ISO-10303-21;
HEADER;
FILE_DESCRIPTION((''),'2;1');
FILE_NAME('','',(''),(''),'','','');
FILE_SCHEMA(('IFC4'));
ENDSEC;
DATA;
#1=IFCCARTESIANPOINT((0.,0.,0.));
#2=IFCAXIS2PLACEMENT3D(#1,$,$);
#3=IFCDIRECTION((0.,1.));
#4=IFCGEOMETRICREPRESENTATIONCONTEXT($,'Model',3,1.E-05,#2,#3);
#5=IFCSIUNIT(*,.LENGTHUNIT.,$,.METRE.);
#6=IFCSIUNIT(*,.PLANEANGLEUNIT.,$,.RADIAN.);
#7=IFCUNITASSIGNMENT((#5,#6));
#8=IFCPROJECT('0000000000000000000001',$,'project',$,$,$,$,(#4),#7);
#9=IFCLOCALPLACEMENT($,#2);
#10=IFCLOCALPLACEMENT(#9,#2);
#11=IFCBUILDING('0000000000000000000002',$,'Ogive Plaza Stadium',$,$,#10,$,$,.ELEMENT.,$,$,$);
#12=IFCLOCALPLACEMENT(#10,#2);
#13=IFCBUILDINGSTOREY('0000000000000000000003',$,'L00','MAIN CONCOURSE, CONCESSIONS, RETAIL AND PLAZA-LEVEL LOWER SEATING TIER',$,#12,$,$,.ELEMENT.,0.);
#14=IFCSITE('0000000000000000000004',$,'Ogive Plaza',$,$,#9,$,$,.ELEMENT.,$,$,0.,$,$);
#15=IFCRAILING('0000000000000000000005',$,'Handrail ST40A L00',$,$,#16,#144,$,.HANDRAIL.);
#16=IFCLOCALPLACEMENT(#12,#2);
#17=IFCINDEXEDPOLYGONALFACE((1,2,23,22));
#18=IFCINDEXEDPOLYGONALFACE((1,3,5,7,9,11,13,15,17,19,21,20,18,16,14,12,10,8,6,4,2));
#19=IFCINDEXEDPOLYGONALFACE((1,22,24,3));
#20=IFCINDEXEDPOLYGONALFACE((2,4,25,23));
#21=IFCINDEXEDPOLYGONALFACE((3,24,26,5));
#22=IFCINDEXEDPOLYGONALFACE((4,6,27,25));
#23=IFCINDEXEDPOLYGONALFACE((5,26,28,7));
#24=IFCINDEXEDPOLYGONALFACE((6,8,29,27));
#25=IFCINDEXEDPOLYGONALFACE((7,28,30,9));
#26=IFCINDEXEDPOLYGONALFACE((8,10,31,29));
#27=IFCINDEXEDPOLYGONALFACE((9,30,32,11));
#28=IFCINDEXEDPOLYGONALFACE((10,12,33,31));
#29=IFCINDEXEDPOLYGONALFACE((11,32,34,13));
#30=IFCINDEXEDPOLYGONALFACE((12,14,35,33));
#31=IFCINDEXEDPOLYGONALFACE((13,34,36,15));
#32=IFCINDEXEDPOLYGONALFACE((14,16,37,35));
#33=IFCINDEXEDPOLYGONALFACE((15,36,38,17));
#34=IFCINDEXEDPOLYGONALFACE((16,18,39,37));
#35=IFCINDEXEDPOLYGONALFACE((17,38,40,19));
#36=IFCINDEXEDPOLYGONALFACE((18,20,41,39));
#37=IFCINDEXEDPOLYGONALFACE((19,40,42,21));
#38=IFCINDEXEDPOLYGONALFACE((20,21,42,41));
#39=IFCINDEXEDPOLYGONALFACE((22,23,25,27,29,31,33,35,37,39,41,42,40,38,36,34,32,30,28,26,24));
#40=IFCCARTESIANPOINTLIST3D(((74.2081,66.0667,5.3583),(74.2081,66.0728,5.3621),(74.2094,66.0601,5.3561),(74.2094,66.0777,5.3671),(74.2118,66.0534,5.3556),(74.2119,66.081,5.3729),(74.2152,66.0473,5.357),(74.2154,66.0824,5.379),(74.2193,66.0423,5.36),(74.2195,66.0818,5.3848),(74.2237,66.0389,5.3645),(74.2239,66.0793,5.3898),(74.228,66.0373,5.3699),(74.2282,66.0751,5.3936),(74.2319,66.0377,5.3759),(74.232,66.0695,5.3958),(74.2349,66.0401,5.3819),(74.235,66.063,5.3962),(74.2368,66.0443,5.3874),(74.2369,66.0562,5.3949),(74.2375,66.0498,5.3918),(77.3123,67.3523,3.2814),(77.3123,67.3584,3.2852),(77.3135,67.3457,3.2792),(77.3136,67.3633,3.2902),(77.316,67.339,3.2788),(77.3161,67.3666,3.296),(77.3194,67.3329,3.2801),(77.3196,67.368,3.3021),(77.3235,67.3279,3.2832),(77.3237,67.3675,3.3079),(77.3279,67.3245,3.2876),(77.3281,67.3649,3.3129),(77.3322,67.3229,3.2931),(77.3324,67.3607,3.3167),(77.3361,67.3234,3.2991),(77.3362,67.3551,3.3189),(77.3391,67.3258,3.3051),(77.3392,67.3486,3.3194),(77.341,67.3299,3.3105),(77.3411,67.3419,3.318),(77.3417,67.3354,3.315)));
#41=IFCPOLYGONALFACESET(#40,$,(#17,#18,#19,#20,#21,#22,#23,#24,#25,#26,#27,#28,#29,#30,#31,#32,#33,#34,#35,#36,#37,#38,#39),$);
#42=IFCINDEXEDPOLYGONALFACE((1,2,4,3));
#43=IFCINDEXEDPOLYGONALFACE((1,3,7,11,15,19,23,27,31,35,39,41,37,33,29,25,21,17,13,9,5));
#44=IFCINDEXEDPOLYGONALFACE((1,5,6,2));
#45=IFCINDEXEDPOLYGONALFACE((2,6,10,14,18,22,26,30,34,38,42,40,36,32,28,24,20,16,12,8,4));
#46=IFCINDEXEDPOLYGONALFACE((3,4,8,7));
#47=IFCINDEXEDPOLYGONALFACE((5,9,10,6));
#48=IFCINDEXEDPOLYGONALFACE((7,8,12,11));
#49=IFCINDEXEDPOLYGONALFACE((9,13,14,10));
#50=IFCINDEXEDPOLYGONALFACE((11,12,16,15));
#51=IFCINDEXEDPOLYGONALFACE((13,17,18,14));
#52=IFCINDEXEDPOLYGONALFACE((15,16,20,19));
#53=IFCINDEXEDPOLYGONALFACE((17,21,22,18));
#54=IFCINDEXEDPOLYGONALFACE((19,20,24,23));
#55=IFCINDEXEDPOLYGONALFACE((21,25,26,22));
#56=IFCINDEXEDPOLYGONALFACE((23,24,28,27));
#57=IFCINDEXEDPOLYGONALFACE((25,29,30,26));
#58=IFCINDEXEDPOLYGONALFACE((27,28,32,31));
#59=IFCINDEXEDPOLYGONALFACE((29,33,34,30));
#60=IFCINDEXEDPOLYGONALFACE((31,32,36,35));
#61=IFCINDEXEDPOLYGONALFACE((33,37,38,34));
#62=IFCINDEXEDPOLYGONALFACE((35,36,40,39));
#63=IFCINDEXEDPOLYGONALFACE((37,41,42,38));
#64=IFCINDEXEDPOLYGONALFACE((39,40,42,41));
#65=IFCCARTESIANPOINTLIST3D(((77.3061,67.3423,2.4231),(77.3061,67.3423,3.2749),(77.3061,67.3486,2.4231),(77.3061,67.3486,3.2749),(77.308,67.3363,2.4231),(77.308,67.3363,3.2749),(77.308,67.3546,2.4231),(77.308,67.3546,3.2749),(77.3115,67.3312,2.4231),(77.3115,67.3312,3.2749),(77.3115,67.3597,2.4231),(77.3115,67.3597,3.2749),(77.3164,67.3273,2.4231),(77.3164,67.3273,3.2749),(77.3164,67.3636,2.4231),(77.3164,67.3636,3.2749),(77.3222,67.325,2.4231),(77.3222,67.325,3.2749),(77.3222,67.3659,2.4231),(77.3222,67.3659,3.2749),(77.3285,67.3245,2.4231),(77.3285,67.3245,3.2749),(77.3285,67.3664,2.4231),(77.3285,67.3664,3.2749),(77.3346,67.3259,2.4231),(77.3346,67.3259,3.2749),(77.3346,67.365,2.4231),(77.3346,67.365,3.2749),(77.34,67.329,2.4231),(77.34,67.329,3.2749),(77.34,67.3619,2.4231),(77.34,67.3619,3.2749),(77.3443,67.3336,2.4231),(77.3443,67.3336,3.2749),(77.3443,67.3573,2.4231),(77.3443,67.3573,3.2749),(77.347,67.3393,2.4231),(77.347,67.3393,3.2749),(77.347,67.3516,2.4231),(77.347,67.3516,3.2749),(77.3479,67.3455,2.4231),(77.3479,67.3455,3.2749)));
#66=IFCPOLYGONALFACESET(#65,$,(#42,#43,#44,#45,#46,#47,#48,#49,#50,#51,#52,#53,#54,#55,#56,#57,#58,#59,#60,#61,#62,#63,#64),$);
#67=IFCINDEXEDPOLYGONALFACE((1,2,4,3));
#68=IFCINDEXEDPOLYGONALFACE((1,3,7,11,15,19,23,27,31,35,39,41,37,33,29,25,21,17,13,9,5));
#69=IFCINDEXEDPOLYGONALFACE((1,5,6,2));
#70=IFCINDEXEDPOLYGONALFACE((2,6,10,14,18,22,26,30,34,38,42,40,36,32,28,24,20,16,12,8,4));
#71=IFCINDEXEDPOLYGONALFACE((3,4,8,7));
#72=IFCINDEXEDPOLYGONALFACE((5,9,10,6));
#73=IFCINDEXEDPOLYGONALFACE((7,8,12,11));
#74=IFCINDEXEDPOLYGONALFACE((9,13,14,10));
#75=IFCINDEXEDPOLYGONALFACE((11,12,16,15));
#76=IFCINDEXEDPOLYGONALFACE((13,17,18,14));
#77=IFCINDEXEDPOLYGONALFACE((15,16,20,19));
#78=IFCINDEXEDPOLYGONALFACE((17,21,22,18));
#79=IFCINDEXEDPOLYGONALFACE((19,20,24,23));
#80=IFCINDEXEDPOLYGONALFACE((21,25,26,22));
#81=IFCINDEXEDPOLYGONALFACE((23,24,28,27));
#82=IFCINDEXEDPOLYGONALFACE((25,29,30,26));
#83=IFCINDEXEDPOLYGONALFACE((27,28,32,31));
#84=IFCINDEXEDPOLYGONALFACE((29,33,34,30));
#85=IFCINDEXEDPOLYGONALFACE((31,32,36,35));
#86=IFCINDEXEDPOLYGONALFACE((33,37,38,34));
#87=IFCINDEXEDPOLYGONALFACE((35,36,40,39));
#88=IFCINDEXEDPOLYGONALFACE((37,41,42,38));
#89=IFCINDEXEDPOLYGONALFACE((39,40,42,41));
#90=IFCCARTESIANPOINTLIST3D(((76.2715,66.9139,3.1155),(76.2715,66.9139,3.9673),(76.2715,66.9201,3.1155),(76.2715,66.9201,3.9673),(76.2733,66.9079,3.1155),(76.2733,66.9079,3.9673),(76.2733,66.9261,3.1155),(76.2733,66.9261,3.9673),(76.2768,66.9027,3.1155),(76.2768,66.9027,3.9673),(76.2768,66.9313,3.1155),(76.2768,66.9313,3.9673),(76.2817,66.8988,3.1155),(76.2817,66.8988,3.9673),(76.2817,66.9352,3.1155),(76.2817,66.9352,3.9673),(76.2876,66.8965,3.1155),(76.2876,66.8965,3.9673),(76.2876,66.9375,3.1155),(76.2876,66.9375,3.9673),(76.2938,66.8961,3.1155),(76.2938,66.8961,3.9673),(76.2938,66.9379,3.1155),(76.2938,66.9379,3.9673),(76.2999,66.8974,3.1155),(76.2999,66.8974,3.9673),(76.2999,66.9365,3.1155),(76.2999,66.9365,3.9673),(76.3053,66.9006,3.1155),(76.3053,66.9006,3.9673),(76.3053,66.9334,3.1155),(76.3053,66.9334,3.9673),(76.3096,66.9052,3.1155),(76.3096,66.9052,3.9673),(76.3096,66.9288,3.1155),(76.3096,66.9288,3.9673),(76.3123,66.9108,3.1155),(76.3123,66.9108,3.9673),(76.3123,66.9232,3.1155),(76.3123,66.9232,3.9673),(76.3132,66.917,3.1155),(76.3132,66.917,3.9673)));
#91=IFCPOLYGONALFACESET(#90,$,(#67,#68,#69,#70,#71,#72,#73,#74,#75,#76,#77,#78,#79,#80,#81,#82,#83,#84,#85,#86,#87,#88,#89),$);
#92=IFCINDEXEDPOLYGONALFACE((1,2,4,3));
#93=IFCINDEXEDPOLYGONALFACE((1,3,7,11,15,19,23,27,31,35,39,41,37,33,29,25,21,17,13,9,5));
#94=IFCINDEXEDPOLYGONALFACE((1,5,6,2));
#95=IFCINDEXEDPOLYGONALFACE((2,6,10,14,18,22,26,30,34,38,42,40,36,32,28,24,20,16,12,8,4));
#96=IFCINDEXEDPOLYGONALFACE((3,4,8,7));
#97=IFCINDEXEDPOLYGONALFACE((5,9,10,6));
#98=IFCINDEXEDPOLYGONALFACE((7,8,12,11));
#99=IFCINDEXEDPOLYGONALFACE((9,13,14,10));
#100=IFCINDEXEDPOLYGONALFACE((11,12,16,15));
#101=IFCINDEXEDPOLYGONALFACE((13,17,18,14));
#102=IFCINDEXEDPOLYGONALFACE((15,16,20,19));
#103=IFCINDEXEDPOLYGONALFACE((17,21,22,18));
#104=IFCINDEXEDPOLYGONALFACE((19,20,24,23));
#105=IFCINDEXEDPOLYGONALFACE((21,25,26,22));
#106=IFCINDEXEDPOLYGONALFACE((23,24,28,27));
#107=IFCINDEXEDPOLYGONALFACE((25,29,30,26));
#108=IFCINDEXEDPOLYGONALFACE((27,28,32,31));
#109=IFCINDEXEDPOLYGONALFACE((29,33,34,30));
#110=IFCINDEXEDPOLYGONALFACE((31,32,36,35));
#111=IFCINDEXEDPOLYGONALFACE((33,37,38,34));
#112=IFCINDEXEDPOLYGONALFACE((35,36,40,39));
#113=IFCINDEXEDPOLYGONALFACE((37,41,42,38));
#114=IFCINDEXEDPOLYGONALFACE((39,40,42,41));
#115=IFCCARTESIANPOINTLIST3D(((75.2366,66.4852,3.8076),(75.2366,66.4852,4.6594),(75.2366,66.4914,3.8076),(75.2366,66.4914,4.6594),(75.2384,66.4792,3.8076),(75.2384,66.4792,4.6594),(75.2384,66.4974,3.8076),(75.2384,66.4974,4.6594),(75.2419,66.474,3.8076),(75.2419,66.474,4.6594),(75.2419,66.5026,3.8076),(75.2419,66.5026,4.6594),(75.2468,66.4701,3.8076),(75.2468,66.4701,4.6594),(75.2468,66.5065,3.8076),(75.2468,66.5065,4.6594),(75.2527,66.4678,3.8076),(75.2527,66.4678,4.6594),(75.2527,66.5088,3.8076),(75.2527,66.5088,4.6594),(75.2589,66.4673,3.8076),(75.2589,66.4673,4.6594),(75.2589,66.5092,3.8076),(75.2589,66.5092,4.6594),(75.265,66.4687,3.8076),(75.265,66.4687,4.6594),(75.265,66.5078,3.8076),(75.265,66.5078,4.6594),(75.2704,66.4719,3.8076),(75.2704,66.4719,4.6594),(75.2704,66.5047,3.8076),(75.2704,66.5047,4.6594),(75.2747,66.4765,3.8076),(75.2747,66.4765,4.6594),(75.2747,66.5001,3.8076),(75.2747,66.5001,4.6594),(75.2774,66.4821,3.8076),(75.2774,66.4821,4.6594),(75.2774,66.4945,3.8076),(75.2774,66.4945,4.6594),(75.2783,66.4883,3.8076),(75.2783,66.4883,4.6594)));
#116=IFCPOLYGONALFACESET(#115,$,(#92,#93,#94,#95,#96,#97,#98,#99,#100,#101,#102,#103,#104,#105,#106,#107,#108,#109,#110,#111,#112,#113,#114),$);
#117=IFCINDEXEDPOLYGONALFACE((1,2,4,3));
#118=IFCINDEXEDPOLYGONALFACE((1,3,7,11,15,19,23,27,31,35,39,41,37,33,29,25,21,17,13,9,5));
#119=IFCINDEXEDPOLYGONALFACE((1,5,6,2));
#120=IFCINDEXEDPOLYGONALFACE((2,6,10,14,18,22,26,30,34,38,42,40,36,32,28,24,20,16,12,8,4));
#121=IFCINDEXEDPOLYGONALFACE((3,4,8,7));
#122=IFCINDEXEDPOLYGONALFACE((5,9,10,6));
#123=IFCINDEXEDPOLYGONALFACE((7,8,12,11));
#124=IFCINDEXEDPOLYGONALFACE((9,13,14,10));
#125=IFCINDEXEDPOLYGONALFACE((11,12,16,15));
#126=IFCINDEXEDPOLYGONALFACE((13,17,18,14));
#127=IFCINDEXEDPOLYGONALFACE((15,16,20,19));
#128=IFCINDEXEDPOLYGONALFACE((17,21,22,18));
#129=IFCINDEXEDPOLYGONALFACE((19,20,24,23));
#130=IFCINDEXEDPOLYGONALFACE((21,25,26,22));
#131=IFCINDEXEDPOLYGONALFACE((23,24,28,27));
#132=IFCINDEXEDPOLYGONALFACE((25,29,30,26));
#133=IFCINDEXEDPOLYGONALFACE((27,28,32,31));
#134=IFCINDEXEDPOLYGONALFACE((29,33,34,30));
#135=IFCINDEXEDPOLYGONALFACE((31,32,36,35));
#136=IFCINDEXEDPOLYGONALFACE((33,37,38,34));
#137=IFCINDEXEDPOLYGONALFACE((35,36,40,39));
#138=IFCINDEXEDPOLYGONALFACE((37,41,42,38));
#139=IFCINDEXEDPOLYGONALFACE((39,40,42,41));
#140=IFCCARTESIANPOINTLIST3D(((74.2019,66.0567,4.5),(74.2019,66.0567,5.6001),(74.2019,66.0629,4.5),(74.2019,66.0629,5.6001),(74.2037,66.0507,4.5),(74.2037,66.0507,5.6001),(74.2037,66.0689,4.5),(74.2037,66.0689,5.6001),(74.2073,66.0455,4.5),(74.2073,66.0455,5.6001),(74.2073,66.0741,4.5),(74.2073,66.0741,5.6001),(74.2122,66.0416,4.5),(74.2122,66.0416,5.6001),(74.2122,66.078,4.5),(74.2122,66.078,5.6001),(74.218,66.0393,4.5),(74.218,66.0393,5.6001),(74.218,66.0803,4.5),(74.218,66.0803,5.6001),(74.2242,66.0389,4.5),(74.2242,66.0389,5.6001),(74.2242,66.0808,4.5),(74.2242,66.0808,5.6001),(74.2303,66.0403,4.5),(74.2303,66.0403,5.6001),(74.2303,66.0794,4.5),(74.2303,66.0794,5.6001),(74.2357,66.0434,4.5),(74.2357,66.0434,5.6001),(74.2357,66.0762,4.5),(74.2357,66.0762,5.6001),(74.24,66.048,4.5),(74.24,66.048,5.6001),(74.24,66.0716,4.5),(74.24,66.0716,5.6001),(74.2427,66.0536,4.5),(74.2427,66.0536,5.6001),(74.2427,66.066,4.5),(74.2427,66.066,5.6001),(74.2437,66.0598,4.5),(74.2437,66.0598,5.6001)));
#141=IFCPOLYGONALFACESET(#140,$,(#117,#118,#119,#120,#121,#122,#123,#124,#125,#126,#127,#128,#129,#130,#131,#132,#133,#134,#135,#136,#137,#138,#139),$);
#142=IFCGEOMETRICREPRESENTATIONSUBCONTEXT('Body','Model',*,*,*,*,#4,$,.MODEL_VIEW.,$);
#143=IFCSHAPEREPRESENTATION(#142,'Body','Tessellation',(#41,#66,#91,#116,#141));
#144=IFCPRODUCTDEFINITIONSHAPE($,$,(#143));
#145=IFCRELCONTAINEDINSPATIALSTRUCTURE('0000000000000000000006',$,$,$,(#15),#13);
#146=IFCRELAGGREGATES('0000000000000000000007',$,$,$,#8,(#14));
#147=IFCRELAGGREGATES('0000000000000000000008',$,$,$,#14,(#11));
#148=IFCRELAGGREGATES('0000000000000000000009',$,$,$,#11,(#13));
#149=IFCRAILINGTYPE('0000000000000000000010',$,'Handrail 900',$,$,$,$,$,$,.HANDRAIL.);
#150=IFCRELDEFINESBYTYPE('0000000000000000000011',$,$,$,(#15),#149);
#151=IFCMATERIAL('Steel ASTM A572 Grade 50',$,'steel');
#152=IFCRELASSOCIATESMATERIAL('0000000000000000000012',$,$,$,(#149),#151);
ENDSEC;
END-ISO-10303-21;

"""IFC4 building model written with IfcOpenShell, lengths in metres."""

from ifc_helpers import new_model, si_unit, direction, frame, origin, origin_2d, place, context, subcontext, project, spatial, circle, extrude, material, type_object, element, save


model = new_model("IFC4")

# Units and contexts
model_context = context("Model", 3, precision=1e-05, world=origin(), true_north=direction((0.0, 1.0)))
body_context = subcontext(model_context, "Body", "Model", "MODEL_VIEW")
ifc_project = project(units=[si_unit("LENGTHUNIT", "METRE"), si_unit("PLANEANGLEUNIT", "RADIAN")], contexts=[model_context])

# Site, building, storey
site_placement = place(None, origin())
site = spatial("IfcSite", under=ifc_project, at=site_placement, Name="Ogive Plaza", CompositionType="ELEMENT", RefElevation=0.0)
building_placement = place(site_placement, origin())
building = spatial("IfcBuilding", under=site, at=building_placement, Name="Ogive Plaza Stadium", CompositionType="ELEMENT")
storey_placement = place(building_placement, origin())
storey = spatial("IfcBuildingStorey", under=building, at=storey_placement, Name="L00", Description="MAIN CONCOURSE, CONCESSIONS, RETAIL AND PLAZA-LEVEL LOWER SEATING TIER", CompositionType="ELEMENT", Elevation=0.0)

# Railing
ifc_material_1 = material(Name="Steel ASTM A572 Grade 50", Category="steel")
railing_type_1 = type_object("IfcRailingType", Name="Handrail 900", PredefinedType="HANDRAIL", material=ifc_material_1)
railing_1_placement = place(storey_placement, frame((77.3269, 67.3455, 2.4231)))
element("IfcRailing", 1, at=railing_1_placement, inside=storey, type_object=railing_type_1, Name="Handrail ST40A L00", PredefinedType="HANDRAIL", context=body_context, shape_type="SweptSolid", body=[
    extrude(circle(Radius=0.0239, at=origin_2d()), frame((0.0, 0.0, 0.876), z_axis=(-0.785879, -0.325477, 0.525794), x_axis=(0.382638, -0.923898, 0.0)), (0.0, 0.0, 1.0), 3.95),
    extrude(circle(Radius=0.021, at=origin_2d()), origin(), (0.0, 0.0, 1.0), 0.8518),
    extrude(circle(Radius=0.021, at=origin_2d()), frame((-1.0347, -0.4285, 0.6924)), (0.0, 0.0, 1.0), 0.8518),
    extrude(circle(Radius=0.021, at=origin_2d()), frame((-2.0696, -0.8572, 1.3845)), (0.0, 0.0, 1.0), 0.8518),
    extrude(circle(Radius=0.021, at=origin_2d()), frame((-3.1042, -1.2856, 2.0769)), (0.0, 0.0, 1.0), 1.1001),
])

save(model, "model.ifc")
